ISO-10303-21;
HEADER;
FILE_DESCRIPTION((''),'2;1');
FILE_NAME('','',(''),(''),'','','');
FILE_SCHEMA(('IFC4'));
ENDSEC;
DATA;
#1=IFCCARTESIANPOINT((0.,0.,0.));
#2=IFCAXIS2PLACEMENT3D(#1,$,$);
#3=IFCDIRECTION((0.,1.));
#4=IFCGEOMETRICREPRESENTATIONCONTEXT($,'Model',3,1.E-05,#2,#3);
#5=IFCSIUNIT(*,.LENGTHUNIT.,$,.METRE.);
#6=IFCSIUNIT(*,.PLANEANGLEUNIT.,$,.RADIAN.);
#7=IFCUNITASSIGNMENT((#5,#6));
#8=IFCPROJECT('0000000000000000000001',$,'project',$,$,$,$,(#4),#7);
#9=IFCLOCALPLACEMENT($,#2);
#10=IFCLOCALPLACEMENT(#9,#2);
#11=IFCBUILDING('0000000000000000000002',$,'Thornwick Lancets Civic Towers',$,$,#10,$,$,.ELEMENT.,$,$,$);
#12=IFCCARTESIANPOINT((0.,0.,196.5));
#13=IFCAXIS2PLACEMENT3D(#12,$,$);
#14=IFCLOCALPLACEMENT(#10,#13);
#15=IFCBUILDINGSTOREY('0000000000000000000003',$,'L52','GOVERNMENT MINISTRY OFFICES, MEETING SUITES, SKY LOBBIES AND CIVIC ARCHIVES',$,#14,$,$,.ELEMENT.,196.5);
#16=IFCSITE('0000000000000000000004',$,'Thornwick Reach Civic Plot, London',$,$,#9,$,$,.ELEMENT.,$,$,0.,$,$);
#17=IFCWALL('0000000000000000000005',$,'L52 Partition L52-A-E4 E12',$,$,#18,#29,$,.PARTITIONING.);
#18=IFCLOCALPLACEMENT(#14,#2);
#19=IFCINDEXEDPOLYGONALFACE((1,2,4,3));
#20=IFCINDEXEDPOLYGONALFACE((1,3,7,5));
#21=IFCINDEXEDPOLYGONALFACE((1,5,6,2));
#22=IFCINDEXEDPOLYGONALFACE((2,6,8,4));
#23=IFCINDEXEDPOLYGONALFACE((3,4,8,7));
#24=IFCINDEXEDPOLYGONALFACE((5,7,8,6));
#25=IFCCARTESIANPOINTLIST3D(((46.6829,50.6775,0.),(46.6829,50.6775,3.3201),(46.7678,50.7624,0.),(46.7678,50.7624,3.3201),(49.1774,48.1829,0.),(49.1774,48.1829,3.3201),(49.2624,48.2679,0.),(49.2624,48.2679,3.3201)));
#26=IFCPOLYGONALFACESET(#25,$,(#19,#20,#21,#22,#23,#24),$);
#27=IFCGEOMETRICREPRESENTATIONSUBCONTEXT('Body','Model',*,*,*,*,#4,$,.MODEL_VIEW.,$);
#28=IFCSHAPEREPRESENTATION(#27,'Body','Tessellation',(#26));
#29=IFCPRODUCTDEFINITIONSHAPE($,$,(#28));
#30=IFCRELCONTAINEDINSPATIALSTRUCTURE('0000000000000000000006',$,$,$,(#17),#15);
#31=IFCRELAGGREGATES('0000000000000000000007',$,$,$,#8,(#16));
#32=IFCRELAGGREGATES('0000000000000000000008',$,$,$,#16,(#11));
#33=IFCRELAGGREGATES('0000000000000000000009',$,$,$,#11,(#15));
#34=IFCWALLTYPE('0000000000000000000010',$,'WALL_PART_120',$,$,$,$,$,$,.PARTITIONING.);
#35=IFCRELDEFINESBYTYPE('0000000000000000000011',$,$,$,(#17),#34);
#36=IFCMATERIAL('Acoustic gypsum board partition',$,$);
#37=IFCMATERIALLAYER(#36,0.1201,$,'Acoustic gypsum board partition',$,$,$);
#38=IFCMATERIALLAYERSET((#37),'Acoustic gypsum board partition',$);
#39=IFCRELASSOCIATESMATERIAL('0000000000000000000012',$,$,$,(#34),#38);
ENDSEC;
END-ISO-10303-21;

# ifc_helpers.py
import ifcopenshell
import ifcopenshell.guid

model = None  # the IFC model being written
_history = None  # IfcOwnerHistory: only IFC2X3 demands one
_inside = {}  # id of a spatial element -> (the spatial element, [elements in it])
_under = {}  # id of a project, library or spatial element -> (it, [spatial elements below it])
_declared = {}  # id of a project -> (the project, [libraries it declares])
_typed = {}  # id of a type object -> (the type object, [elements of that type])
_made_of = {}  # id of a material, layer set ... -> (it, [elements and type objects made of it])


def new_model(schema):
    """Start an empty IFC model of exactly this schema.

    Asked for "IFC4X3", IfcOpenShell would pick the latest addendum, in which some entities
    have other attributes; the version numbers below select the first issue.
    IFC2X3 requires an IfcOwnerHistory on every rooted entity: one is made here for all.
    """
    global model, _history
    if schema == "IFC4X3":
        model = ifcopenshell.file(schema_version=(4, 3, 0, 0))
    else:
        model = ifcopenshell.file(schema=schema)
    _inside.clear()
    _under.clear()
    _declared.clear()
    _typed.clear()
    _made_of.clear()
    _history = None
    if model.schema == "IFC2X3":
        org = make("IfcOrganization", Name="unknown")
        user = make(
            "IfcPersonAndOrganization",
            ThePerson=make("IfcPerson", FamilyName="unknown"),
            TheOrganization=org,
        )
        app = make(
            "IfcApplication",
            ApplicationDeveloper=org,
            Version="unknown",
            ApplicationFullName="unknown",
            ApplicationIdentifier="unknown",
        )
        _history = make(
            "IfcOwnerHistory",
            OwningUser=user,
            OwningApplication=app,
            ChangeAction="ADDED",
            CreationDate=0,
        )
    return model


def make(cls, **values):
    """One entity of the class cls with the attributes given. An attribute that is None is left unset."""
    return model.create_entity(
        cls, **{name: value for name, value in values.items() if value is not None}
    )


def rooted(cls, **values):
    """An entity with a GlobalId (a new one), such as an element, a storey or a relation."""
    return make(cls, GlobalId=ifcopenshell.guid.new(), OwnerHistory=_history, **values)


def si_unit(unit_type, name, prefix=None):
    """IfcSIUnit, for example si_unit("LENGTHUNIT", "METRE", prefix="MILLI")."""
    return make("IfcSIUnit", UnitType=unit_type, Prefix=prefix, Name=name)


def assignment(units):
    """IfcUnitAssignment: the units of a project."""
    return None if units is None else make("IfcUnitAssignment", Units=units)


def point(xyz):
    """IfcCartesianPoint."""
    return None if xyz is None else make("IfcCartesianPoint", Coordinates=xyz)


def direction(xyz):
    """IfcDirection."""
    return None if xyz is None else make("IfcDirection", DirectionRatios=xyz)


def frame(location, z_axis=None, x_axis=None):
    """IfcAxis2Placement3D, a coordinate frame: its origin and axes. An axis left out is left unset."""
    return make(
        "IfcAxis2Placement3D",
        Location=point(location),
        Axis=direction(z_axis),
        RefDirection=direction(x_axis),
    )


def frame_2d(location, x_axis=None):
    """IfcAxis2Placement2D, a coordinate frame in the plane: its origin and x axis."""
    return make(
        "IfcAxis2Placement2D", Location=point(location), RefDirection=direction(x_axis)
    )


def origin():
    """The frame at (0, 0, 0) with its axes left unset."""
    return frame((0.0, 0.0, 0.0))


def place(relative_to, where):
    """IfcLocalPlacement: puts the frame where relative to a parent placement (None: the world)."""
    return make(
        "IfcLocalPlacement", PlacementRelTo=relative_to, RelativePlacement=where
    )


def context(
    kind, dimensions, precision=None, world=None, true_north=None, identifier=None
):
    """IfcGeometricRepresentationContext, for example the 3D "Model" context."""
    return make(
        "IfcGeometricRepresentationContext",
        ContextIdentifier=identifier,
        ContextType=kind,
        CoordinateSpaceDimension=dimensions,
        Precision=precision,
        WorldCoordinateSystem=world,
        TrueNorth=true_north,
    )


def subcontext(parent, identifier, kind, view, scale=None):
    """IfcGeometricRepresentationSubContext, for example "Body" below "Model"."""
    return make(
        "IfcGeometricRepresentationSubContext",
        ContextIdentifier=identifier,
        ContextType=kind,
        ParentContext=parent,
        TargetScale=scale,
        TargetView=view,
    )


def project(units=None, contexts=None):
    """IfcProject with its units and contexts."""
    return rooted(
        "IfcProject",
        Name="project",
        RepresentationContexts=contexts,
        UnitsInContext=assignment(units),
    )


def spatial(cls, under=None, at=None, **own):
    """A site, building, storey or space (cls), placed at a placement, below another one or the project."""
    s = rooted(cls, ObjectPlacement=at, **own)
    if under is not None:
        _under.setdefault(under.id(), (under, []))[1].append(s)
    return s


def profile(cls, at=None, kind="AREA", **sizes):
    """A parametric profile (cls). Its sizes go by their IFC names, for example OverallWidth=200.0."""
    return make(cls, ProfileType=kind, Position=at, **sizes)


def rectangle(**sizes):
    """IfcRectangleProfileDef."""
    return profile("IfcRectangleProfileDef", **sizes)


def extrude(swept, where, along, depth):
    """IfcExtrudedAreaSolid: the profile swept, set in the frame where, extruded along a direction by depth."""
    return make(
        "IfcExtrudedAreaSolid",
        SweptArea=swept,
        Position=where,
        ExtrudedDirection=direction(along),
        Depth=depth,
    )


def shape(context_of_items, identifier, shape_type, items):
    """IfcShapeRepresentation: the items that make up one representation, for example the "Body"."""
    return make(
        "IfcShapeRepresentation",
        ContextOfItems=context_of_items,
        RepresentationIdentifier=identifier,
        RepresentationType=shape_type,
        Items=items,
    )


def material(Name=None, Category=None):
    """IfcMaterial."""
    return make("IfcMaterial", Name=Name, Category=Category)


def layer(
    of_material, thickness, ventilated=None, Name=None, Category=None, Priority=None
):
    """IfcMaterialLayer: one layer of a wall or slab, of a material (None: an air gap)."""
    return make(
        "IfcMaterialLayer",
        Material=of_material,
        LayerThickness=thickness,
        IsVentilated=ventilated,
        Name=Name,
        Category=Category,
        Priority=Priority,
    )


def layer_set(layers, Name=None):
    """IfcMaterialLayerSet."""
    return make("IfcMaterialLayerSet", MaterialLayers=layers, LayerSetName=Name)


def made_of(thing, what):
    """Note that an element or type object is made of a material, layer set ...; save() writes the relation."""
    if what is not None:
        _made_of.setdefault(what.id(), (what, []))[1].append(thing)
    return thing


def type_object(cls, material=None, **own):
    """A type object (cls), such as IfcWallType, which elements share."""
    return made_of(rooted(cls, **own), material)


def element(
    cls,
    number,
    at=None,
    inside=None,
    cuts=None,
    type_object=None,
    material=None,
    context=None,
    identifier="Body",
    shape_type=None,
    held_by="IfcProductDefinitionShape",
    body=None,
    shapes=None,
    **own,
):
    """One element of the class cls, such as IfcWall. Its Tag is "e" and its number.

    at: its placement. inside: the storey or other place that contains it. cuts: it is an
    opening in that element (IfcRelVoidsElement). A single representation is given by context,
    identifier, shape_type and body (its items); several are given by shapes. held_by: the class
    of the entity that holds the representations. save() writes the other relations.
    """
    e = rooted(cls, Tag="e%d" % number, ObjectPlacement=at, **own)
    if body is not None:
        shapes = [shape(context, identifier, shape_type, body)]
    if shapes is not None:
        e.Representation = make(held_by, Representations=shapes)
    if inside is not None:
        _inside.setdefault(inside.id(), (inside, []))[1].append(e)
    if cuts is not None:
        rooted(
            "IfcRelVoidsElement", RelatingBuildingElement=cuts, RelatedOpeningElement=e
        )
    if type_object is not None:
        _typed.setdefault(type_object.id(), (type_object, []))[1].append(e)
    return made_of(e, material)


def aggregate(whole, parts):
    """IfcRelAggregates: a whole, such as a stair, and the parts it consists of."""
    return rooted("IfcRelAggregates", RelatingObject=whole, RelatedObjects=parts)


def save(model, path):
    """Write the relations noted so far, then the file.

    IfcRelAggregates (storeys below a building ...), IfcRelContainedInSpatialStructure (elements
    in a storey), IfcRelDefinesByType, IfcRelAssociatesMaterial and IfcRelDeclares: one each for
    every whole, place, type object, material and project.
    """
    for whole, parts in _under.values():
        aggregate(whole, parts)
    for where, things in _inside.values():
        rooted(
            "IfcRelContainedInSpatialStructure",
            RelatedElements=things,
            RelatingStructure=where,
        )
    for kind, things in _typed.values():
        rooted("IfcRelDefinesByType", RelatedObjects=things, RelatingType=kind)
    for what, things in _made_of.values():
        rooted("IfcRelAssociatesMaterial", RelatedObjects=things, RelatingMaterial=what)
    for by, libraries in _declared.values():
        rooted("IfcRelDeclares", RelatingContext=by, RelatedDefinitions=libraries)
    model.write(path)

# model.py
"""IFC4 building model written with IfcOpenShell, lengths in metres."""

from ifc_helpers import new_model, si_unit, direction, frame, frame_2d, origin, place, context, subcontext, project, spatial, rectangle, extrude, material, layer, layer_set, type_object, element, save


model = new_model("IFC4")

# Units and contexts
model_context = context("Model", 3, precision=1e-05, world=origin(), true_north=direction((0.0, 1.0)))
body_context = subcontext(model_context, "Body", "Model", "MODEL_VIEW")
ifc_project = project(units=[si_unit("LENGTHUNIT", "METRE"), si_unit("PLANEANGLEUNIT", "RADIAN")], contexts=[model_context])

# Site, building, storey
site_placement = place(None, origin())
site = spatial("IfcSite", under=ifc_project, at=site_placement, Name="Thornwick Reach Civic Plot, London", CompositionType="ELEMENT", RefElevation=0.0)
building_placement = place(site_placement, origin())
building = spatial("IfcBuilding", under=site, at=building_placement, Name="Thornwick Lancets Civic Towers", CompositionType="ELEMENT")
storey_placement = place(building_placement, frame((0.0, 0.0, 196.5)))
storey = spatial("IfcBuildingStorey", under=building, at=storey_placement, Name="L52", Description="GOVERNMENT MINISTRY OFFICES, MEETING SUITES, SKY LOBBIES AND CIVIC ARCHIVES", CompositionType="ELEMENT", Elevation=196.5)

# Wall
ifc_material_1 = material(Name="Acoustic gypsum board partition")
ifc_layer_1 = layer(ifc_material_1, 0.1201, Name="Acoustic gypsum board partition")
ifc_layer_set_1 = layer_set([ifc_layer_1], Name="Acoustic gypsum board partition")
wall_type_1 = type_object("IfcWallType", Name="WALL_PART_120", PredefinedType="PARTITIONING", material=ifc_layer_set_1)
wall_1_placement = place(storey_placement, frame((46.7253, 50.72, 0.0), z_axis=(0.0, 0.0, 1.0), x_axis=(0.707107, -0.707107, 0.0)))
element("IfcWall", 1, at=wall_1_placement, inside=storey, type_object=wall_type_1, Name="L52 Partition L52-A-E4 E12", PredefinedType="PARTITIONING", context=body_context, shape_type="SweptSolid", body=[
    extrude(rectangle(XDim=3.5278, YDim=0.1201, at=frame_2d((1.7639, 0.0))), origin(), (0.0, 0.0, 1.0), 3.3201),
])

save(model, "model.ifc")
